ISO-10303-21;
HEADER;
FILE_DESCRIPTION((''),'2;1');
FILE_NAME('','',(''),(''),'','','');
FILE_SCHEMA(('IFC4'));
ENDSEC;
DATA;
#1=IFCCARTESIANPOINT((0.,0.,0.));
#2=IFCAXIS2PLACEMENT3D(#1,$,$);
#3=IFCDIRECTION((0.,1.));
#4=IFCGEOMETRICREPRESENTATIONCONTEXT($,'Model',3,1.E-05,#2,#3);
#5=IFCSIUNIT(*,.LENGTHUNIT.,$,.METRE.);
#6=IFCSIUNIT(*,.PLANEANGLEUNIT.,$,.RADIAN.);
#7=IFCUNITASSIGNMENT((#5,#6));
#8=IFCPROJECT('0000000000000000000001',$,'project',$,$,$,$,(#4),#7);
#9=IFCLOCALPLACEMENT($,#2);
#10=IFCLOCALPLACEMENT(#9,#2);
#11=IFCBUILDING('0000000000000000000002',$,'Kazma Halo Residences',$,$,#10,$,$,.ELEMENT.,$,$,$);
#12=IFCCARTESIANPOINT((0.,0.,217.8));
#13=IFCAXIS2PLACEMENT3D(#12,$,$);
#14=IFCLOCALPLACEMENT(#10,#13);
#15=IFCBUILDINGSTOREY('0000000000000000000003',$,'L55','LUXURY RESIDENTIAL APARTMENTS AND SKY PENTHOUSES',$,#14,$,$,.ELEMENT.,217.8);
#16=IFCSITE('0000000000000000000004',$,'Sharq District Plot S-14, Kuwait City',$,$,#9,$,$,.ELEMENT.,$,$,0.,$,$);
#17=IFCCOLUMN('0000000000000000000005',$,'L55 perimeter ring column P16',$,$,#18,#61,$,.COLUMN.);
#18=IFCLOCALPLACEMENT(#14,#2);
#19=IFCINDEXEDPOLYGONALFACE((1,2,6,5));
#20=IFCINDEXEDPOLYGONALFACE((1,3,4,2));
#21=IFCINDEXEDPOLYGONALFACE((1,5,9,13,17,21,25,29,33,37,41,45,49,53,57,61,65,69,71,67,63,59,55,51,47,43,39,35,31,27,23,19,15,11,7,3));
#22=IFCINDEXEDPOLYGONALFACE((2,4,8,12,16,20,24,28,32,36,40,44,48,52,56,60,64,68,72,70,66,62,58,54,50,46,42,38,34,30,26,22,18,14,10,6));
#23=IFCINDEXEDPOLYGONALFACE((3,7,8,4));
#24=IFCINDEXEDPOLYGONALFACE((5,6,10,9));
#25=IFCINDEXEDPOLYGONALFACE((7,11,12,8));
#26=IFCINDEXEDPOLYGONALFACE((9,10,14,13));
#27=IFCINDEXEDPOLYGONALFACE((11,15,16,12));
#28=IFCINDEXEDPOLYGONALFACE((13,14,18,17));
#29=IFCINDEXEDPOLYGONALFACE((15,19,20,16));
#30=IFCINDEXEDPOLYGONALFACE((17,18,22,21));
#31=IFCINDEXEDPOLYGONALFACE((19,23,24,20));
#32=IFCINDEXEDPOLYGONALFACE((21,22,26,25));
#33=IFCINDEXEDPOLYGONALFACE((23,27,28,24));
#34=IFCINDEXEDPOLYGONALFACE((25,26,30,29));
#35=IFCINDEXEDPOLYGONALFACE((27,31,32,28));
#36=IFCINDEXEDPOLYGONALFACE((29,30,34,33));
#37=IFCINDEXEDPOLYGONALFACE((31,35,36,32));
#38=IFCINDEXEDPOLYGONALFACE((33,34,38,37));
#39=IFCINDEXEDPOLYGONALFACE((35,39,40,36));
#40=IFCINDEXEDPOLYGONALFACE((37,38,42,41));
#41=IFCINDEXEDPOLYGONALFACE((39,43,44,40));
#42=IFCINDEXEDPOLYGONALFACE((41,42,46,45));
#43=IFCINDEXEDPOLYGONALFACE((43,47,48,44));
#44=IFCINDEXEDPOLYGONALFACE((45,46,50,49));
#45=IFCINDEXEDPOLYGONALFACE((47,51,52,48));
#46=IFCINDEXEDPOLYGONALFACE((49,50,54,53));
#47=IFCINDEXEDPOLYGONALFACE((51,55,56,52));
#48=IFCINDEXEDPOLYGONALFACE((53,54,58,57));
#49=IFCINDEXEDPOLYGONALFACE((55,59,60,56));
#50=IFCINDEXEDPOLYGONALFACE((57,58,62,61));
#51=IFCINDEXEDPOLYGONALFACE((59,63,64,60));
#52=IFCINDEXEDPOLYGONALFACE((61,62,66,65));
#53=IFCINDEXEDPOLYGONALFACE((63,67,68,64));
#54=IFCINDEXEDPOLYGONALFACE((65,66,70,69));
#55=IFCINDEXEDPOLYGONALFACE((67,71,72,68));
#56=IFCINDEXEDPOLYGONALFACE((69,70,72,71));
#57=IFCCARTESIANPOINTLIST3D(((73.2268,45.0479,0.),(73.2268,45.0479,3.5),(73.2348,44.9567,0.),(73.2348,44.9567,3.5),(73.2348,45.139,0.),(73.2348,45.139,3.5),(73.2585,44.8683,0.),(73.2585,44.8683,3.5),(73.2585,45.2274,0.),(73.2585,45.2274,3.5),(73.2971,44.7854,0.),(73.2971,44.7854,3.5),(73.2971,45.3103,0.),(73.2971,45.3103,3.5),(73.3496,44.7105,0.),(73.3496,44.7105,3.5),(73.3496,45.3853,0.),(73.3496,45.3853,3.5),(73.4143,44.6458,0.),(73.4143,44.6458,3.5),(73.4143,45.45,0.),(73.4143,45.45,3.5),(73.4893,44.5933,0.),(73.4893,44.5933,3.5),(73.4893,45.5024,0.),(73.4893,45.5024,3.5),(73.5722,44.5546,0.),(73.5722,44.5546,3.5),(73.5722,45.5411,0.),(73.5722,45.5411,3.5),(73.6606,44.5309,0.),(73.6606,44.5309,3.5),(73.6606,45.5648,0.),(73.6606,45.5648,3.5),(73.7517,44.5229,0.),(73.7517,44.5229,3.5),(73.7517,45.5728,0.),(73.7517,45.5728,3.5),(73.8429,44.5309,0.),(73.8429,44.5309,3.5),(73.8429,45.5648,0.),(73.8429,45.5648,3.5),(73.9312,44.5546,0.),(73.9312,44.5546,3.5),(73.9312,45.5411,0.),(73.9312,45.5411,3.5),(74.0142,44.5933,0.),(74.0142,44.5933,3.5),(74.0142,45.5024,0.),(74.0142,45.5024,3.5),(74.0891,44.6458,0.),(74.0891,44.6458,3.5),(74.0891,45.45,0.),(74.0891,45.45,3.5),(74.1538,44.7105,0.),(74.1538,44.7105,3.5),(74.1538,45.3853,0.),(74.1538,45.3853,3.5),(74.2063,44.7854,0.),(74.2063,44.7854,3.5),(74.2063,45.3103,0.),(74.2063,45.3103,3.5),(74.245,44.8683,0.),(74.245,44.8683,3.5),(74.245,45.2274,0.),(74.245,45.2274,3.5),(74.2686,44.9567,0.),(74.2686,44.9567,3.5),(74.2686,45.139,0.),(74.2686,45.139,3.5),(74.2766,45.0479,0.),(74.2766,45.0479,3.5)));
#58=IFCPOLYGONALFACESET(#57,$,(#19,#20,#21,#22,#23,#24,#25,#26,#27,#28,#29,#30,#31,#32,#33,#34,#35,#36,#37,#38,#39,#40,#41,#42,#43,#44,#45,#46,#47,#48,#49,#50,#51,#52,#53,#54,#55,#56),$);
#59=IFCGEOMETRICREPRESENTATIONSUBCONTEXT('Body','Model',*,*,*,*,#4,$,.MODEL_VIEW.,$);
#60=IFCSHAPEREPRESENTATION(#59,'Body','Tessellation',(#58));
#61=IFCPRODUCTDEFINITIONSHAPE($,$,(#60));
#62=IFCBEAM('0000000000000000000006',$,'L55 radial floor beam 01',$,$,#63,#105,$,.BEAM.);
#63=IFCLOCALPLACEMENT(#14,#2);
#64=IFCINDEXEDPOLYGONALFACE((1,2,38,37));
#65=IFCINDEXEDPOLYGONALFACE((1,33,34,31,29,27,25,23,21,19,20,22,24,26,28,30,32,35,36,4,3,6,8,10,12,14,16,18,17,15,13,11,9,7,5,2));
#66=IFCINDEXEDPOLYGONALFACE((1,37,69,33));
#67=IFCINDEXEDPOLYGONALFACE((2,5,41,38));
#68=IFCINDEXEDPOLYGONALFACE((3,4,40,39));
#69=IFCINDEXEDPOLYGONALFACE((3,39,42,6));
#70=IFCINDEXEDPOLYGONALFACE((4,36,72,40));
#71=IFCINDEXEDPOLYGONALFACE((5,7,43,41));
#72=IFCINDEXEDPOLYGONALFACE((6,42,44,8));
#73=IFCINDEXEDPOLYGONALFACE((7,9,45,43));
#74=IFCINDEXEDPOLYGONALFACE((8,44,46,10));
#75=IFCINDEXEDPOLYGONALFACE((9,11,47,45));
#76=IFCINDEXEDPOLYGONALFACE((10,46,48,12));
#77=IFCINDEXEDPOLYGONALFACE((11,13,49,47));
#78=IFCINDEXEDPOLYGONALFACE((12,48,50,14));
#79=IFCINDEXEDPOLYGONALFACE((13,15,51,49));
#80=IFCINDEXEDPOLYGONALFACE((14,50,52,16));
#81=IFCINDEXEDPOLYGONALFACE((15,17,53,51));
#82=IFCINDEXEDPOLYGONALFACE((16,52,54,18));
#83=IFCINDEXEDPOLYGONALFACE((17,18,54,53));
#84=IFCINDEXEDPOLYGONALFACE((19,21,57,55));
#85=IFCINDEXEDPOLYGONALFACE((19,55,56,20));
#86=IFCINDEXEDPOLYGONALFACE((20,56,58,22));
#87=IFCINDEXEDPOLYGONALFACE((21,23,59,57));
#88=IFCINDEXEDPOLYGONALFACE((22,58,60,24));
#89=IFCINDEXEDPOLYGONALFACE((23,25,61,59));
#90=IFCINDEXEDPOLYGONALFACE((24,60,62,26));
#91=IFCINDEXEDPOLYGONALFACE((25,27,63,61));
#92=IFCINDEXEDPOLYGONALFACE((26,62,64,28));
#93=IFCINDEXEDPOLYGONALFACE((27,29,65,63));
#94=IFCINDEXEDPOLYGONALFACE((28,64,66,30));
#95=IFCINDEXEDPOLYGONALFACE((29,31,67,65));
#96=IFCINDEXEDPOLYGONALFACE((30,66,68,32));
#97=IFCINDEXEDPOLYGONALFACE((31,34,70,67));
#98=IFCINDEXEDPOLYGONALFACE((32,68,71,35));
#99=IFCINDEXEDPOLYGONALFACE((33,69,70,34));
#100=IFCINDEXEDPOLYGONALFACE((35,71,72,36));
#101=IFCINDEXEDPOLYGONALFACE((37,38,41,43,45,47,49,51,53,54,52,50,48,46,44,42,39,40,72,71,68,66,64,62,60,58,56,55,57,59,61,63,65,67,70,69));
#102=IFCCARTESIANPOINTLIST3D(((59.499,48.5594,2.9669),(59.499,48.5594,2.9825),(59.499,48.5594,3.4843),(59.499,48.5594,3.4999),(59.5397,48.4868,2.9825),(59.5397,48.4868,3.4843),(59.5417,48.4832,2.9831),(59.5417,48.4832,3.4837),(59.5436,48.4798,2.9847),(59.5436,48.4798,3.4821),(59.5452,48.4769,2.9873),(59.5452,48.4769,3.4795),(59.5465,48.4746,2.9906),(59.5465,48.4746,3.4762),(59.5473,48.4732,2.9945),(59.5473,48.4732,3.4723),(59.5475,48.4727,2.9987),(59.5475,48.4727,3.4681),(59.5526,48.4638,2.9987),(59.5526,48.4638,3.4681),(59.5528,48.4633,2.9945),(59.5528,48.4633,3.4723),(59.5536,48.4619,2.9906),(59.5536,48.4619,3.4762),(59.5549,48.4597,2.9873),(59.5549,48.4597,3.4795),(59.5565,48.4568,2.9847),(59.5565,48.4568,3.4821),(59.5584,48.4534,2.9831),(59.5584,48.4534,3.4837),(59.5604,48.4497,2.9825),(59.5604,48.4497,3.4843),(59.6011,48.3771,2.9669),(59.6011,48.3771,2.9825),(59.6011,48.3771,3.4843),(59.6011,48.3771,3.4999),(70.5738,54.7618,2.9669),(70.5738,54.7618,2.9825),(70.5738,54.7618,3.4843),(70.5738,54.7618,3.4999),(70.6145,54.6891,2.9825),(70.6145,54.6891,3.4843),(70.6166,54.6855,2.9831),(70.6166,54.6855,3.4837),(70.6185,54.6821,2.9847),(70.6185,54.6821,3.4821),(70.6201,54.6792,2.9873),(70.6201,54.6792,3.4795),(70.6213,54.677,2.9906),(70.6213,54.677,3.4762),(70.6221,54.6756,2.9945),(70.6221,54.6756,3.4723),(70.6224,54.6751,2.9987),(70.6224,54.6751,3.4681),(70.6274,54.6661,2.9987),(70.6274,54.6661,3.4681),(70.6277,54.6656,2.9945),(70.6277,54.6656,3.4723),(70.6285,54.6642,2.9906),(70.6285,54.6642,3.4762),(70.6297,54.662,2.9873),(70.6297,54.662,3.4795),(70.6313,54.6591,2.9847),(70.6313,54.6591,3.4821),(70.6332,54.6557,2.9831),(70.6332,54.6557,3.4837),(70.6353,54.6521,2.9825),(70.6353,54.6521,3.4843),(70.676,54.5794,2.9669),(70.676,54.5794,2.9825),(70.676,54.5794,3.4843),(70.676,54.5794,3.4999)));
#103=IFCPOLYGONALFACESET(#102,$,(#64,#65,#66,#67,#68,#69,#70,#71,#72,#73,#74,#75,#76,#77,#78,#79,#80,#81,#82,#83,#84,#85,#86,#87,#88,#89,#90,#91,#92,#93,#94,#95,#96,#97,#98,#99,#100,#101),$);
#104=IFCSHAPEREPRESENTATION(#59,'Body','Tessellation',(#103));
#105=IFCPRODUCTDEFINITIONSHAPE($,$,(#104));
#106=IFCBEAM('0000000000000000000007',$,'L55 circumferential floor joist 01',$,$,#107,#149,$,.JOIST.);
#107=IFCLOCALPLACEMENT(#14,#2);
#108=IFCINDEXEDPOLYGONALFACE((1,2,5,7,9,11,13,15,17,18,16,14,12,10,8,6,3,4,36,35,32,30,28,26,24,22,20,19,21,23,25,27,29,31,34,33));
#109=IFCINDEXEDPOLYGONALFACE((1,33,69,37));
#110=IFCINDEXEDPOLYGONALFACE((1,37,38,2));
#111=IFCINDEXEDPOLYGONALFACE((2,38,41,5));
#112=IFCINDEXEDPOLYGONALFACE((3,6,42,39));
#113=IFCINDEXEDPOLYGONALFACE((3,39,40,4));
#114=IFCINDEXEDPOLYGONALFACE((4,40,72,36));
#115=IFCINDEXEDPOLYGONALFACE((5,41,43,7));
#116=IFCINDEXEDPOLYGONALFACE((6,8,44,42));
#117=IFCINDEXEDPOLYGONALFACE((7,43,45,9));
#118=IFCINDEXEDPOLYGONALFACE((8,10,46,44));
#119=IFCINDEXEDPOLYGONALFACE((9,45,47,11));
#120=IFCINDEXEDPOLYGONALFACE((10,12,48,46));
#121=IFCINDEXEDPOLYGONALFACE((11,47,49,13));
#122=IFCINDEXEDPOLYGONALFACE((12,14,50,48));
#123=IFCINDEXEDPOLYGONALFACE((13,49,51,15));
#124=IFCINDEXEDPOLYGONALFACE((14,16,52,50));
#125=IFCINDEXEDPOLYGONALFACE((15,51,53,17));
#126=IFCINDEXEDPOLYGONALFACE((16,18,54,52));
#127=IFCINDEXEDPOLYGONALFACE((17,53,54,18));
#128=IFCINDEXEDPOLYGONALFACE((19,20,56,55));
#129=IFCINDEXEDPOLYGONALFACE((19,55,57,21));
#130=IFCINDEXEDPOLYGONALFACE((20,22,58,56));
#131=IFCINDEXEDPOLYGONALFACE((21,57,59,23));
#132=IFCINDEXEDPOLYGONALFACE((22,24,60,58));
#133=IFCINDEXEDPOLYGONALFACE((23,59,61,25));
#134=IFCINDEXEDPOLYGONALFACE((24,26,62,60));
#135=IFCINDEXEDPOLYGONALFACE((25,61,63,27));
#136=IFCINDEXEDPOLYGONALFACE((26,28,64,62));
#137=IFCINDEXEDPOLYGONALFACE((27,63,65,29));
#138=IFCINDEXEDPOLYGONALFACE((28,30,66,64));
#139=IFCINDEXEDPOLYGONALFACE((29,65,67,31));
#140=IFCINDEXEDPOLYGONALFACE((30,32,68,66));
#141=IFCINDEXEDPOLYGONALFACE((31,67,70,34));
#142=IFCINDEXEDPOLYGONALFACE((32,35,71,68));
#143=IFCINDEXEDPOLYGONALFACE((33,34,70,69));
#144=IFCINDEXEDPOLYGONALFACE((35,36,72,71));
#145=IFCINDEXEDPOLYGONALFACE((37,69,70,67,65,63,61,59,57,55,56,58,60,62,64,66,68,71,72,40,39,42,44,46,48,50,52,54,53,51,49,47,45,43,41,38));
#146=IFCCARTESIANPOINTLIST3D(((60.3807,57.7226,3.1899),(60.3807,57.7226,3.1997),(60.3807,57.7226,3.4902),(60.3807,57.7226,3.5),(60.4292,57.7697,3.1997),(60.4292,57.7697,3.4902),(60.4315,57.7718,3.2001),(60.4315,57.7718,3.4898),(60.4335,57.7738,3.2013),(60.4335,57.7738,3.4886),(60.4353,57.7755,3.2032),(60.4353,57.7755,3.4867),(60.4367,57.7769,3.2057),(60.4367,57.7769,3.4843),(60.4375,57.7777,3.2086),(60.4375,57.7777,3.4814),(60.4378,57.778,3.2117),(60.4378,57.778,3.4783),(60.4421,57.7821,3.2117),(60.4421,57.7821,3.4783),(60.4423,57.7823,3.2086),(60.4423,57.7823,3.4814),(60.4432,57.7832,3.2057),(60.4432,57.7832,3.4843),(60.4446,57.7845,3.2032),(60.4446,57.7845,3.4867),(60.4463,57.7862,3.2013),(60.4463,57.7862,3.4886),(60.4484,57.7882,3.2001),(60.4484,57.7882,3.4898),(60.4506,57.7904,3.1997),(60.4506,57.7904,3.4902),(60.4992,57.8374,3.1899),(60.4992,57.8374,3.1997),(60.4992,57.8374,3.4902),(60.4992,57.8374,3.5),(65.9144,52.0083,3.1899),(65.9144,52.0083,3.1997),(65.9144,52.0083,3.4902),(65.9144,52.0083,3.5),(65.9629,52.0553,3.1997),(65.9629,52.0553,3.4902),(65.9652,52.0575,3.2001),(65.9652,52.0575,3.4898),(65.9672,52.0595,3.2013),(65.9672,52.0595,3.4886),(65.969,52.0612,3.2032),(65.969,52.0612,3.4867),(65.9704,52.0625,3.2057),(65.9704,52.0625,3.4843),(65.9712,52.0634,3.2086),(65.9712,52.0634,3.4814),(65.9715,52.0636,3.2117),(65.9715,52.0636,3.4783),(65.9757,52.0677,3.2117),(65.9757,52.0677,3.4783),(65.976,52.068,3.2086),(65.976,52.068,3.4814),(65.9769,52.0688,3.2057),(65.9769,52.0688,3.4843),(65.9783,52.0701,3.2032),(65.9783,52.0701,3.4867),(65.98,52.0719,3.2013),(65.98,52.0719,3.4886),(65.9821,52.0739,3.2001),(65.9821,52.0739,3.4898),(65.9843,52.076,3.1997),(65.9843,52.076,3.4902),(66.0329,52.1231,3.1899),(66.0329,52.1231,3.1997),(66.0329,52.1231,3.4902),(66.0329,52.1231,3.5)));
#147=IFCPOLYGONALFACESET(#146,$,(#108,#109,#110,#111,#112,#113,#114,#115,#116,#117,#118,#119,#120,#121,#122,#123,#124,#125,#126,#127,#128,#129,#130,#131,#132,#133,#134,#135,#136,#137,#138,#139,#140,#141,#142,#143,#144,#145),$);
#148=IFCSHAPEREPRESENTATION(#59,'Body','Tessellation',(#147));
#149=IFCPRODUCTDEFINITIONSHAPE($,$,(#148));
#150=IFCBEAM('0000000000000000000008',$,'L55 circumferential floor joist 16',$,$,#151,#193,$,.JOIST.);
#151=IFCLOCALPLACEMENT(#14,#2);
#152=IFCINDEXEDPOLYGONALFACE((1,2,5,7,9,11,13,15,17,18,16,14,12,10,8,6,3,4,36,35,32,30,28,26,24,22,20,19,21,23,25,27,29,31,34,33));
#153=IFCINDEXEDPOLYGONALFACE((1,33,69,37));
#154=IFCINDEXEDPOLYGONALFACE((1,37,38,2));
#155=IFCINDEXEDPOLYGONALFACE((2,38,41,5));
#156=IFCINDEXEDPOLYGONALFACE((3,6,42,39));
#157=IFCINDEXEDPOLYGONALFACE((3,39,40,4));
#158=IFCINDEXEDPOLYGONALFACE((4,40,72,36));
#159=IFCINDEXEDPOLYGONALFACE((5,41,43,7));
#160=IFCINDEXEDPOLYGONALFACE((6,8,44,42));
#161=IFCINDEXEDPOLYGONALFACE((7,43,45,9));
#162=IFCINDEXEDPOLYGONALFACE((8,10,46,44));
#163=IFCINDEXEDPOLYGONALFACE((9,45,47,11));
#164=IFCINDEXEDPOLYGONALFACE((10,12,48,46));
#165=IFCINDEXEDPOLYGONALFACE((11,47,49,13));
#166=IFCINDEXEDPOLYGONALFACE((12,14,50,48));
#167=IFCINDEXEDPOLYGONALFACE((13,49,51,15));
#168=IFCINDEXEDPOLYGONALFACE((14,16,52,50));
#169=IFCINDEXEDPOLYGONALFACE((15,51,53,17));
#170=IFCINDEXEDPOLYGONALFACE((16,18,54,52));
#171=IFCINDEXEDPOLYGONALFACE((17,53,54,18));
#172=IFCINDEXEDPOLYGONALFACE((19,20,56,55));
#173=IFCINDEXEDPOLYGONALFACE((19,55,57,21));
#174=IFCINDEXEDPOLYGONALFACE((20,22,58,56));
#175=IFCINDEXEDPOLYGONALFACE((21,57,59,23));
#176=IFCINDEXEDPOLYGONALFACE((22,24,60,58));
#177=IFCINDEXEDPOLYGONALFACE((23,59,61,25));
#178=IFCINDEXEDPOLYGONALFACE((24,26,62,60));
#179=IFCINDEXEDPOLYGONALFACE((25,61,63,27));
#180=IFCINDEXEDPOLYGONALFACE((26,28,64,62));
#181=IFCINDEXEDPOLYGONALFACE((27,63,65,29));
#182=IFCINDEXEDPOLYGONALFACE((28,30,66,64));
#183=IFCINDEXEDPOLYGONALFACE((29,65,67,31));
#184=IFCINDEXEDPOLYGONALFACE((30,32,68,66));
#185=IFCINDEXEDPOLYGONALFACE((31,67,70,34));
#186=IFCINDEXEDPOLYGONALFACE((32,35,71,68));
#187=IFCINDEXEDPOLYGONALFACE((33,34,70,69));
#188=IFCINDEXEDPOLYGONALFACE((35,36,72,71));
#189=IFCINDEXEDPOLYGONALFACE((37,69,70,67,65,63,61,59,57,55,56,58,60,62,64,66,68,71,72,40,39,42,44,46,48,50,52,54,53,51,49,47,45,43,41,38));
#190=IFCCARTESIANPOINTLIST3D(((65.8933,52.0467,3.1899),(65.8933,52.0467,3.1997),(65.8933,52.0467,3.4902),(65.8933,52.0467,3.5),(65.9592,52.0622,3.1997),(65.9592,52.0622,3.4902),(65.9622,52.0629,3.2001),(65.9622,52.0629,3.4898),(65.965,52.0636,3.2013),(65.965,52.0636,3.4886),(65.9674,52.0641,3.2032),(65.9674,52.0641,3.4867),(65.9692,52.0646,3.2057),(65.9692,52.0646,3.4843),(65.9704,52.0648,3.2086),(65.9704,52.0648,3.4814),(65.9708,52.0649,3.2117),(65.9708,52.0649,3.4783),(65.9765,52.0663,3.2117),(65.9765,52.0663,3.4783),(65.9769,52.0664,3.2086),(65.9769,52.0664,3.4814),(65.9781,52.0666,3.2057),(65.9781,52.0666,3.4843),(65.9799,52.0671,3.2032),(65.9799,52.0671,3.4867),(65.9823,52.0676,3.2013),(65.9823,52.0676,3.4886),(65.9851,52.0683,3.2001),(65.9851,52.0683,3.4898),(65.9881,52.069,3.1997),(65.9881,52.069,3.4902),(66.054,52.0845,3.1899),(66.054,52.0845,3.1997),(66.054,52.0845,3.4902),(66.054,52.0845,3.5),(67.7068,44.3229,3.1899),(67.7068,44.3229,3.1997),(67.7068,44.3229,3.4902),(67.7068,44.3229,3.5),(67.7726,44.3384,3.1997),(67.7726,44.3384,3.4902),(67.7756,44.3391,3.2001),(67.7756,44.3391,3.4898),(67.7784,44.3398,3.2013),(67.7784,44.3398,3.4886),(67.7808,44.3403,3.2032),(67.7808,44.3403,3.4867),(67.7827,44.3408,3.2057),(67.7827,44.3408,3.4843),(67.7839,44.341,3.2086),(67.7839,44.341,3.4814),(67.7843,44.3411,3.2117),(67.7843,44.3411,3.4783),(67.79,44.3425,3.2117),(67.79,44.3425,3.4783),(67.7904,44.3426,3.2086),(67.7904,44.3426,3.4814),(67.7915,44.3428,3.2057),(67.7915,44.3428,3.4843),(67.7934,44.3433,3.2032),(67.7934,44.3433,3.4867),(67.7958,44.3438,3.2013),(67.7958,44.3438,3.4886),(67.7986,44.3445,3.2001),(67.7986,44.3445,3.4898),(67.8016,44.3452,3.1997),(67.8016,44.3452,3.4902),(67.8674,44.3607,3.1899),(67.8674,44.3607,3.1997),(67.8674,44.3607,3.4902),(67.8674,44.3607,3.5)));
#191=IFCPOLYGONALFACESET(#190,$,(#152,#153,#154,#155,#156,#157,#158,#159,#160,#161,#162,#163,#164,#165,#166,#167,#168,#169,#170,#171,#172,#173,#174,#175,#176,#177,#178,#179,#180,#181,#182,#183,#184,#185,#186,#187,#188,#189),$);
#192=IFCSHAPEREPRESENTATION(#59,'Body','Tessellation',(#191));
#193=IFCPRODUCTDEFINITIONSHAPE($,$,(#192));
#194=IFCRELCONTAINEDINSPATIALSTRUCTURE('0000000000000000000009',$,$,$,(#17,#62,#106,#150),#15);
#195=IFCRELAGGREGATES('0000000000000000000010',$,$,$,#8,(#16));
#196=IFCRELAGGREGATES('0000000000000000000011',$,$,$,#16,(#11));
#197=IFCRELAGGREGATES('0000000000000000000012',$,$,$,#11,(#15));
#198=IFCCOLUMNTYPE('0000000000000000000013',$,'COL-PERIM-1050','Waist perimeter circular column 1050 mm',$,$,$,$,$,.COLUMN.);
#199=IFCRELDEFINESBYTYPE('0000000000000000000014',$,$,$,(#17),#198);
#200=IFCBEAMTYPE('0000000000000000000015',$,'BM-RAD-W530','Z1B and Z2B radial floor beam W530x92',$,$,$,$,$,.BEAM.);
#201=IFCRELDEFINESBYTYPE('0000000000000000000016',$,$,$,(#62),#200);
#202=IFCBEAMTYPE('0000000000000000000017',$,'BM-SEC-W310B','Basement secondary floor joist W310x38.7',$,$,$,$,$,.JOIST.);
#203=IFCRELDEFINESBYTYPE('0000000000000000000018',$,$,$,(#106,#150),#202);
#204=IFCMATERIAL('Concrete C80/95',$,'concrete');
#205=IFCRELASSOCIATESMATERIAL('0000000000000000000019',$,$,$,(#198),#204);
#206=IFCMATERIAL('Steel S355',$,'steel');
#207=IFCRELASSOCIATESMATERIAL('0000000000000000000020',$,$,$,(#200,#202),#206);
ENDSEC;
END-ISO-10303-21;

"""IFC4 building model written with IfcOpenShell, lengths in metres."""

from ifc_helpers import new_model, si_unit, direction, frame, origin, origin_2d, place, context, subcontext, project, spatial, circle, i_section, extrude, material, material_profile, profile_set, type_object, element, save


model = new_model("IFC4")

# Units and contexts
model_context = context("Model", 3, precision=1e-05, world=origin(), true_north=direction((0.0, 1.0)))
body_context = subcontext(model_context, "Body", "Model", "MODEL_VIEW")
ifc_project = project(units=[si_unit("LENGTHUNIT", "METRE"), si_unit("PLANEANGLEUNIT", "RADIAN")], contexts=[model_context])

# Site, building, storey
site_placement = place(None, origin())
site = spatial("IfcSite", under=ifc_project, at=site_placement, Name="Sharq District Plot S-14, Kuwait City", CompositionType="ELEMENT", RefElevation=0.0)
building_placement = place(site_placement, origin())
building = spatial("IfcBuilding", under=site, at=building_placement, Name="Kazma Halo Residences", CompositionType="ELEMENT")
storey_placement = place(building_placement, frame((0.0, 0.0, 217.8)))
storey = spatial("IfcBuildingStorey", under=building, at=storey_placement, Name="L55", Description="LUXURY RESIDENTIAL APARTMENTS AND SKY PENTHOUSES", CompositionType="ELEMENT", Elevation=217.8)

# Column
ifc_material_1 = material(Name="Concrete C80/95", Category="concrete")
ifc_material_profile_1 = material_profile(ifc_material_1, circle(Radius=0.5249, at=origin_2d()), Name="CIRC1050")
ifc_profile_set_1 = profile_set([ifc_material_profile_1], Name="Concrete C80/95")
column_type = type_object("IfcColumnType", Name="COL-PERIM-1050", Description="Waist perimeter circular column 1050 mm", PredefinedType="COLUMN", material=ifc_profile_set_1)
column_placement = place(storey_placement, frame((73.7517, 45.0479, 0.0), z_axis=(0.0, 0.0, 1.0), x_axis=(1.0, 0.0, 0.0)))
element("IfcColumn", 1, at=column_placement, inside=storey, type_object=column_type, Name="L55 perimeter ring column P16", PredefinedType="COLUMN", context=body_context, shape_type="SweptSolid", body=[
    extrude(circle(Radius=0.5249, at=origin_2d()), origin(), (0.0, 0.0, 1.0), 3.5),
])

# Beams
ifc_material_2 = material(Name="Steel S355", Category="steel")
ifc_material_profile_2 = material_profile(ifc_material_2, i_section(OverallWidth=0.209, OverallDepth=0.533, WebThickness=0.0103, FlangeThickness=0.0156, FilletRadius=0.0161, at=origin_2d()), Name="W530x92")
ifc_profile_set_2 = profile_set([ifc_material_profile_2], Name="Steel S355")
beam_type_1 = type_object("IfcBeamType", Name="BM-RAD-W530", Description="Z1B and Z2B radial floor beam W530x92", PredefinedType="BEAM", material=ifc_profile_set_2)
beam_1_placement = place(storey_placement, frame((59.55, 48.4683, 3.2334), z_axis=(0.872492, 0.488629, 0.0), x_axis=(-0.488629, 0.872492, 0.0)))
element("IfcBeam", 2, at=beam_1_placement, inside=storey, type_object=beam_type_1, Name="L55 radial floor beam 01", PredefinedType="BEAM", context=body_context, shape_type="SweptSolid", body=[
    extrude(i_section(OverallWidth=0.209, OverallDepth=0.533, WebThickness=0.0103, FlangeThickness=0.0156, FilletRadius=0.0161, at=origin_2d()), origin(), (0.0, 0.0, 1.0), 12.6934),
])
ifc_material_profile_3 = material_profile(ifc_material_2, i_section(OverallWidth=0.165, OverallDepth=0.3101, WebThickness=0.0059, FlangeThickness=0.0098, FilletRadius=0.012, at=origin_2d()), Name="W310x38.7")
ifc_profile_set_3 = profile_set([ifc_material_profile_3], Name="Steel S355")
beam_type_2 = type_object("IfcBeamType", Name="BM-SEC-W310B", Description="Basement secondary floor joist W310x38.7", PredefinedType="JOIST", material=ifc_profile_set_3)
beam_2_placement = place(storey_placement, frame((65.9736, 52.0657, 3.345), z_axis=(-0.69566, 0.718372, 0.0), x_axis=(-0.718372, -0.69566, 0.0)))
element("IfcBeam", 3, at=beam_2_placement, inside=storey, type_object=beam_type_2, Name="L55 circumferential floor joist 01", PredefinedType="JOIST", context=body_context, shape_type="SweptSolid", body=[
    extrude(i_section(OverallWidth=0.165, OverallDepth=0.3101, WebThickness=0.0059, FlangeThickness=0.0098, FilletRadius=0.012, at=origin_2d()), origin(), (0.0, 0.0, 1.0), 7.9546),
])
beam_3_placement = place(storey_placement, frame((67.7871, 44.3418, 3.345), z_axis=(-0.228573, 0.973527, 0.0), x_axis=(-0.973527, -0.228573, 0.0)))
element("IfcBeam", 4, at=beam_3_placement, inside=storey, type_object=beam_type_2, Name="L55 circumferential floor joist 16", PredefinedType="JOIST", context=body_context, shape_type="SweptSolid", body=[
    extrude(i_section(OverallWidth=0.165, OverallDepth=0.3101, WebThickness=0.0059, FlangeThickness=0.0098, FilletRadius=0.012, at=origin_2d()), origin(), (0.0, 0.0, 1.0), 7.9338),
])

save(model, "model.ifc")
